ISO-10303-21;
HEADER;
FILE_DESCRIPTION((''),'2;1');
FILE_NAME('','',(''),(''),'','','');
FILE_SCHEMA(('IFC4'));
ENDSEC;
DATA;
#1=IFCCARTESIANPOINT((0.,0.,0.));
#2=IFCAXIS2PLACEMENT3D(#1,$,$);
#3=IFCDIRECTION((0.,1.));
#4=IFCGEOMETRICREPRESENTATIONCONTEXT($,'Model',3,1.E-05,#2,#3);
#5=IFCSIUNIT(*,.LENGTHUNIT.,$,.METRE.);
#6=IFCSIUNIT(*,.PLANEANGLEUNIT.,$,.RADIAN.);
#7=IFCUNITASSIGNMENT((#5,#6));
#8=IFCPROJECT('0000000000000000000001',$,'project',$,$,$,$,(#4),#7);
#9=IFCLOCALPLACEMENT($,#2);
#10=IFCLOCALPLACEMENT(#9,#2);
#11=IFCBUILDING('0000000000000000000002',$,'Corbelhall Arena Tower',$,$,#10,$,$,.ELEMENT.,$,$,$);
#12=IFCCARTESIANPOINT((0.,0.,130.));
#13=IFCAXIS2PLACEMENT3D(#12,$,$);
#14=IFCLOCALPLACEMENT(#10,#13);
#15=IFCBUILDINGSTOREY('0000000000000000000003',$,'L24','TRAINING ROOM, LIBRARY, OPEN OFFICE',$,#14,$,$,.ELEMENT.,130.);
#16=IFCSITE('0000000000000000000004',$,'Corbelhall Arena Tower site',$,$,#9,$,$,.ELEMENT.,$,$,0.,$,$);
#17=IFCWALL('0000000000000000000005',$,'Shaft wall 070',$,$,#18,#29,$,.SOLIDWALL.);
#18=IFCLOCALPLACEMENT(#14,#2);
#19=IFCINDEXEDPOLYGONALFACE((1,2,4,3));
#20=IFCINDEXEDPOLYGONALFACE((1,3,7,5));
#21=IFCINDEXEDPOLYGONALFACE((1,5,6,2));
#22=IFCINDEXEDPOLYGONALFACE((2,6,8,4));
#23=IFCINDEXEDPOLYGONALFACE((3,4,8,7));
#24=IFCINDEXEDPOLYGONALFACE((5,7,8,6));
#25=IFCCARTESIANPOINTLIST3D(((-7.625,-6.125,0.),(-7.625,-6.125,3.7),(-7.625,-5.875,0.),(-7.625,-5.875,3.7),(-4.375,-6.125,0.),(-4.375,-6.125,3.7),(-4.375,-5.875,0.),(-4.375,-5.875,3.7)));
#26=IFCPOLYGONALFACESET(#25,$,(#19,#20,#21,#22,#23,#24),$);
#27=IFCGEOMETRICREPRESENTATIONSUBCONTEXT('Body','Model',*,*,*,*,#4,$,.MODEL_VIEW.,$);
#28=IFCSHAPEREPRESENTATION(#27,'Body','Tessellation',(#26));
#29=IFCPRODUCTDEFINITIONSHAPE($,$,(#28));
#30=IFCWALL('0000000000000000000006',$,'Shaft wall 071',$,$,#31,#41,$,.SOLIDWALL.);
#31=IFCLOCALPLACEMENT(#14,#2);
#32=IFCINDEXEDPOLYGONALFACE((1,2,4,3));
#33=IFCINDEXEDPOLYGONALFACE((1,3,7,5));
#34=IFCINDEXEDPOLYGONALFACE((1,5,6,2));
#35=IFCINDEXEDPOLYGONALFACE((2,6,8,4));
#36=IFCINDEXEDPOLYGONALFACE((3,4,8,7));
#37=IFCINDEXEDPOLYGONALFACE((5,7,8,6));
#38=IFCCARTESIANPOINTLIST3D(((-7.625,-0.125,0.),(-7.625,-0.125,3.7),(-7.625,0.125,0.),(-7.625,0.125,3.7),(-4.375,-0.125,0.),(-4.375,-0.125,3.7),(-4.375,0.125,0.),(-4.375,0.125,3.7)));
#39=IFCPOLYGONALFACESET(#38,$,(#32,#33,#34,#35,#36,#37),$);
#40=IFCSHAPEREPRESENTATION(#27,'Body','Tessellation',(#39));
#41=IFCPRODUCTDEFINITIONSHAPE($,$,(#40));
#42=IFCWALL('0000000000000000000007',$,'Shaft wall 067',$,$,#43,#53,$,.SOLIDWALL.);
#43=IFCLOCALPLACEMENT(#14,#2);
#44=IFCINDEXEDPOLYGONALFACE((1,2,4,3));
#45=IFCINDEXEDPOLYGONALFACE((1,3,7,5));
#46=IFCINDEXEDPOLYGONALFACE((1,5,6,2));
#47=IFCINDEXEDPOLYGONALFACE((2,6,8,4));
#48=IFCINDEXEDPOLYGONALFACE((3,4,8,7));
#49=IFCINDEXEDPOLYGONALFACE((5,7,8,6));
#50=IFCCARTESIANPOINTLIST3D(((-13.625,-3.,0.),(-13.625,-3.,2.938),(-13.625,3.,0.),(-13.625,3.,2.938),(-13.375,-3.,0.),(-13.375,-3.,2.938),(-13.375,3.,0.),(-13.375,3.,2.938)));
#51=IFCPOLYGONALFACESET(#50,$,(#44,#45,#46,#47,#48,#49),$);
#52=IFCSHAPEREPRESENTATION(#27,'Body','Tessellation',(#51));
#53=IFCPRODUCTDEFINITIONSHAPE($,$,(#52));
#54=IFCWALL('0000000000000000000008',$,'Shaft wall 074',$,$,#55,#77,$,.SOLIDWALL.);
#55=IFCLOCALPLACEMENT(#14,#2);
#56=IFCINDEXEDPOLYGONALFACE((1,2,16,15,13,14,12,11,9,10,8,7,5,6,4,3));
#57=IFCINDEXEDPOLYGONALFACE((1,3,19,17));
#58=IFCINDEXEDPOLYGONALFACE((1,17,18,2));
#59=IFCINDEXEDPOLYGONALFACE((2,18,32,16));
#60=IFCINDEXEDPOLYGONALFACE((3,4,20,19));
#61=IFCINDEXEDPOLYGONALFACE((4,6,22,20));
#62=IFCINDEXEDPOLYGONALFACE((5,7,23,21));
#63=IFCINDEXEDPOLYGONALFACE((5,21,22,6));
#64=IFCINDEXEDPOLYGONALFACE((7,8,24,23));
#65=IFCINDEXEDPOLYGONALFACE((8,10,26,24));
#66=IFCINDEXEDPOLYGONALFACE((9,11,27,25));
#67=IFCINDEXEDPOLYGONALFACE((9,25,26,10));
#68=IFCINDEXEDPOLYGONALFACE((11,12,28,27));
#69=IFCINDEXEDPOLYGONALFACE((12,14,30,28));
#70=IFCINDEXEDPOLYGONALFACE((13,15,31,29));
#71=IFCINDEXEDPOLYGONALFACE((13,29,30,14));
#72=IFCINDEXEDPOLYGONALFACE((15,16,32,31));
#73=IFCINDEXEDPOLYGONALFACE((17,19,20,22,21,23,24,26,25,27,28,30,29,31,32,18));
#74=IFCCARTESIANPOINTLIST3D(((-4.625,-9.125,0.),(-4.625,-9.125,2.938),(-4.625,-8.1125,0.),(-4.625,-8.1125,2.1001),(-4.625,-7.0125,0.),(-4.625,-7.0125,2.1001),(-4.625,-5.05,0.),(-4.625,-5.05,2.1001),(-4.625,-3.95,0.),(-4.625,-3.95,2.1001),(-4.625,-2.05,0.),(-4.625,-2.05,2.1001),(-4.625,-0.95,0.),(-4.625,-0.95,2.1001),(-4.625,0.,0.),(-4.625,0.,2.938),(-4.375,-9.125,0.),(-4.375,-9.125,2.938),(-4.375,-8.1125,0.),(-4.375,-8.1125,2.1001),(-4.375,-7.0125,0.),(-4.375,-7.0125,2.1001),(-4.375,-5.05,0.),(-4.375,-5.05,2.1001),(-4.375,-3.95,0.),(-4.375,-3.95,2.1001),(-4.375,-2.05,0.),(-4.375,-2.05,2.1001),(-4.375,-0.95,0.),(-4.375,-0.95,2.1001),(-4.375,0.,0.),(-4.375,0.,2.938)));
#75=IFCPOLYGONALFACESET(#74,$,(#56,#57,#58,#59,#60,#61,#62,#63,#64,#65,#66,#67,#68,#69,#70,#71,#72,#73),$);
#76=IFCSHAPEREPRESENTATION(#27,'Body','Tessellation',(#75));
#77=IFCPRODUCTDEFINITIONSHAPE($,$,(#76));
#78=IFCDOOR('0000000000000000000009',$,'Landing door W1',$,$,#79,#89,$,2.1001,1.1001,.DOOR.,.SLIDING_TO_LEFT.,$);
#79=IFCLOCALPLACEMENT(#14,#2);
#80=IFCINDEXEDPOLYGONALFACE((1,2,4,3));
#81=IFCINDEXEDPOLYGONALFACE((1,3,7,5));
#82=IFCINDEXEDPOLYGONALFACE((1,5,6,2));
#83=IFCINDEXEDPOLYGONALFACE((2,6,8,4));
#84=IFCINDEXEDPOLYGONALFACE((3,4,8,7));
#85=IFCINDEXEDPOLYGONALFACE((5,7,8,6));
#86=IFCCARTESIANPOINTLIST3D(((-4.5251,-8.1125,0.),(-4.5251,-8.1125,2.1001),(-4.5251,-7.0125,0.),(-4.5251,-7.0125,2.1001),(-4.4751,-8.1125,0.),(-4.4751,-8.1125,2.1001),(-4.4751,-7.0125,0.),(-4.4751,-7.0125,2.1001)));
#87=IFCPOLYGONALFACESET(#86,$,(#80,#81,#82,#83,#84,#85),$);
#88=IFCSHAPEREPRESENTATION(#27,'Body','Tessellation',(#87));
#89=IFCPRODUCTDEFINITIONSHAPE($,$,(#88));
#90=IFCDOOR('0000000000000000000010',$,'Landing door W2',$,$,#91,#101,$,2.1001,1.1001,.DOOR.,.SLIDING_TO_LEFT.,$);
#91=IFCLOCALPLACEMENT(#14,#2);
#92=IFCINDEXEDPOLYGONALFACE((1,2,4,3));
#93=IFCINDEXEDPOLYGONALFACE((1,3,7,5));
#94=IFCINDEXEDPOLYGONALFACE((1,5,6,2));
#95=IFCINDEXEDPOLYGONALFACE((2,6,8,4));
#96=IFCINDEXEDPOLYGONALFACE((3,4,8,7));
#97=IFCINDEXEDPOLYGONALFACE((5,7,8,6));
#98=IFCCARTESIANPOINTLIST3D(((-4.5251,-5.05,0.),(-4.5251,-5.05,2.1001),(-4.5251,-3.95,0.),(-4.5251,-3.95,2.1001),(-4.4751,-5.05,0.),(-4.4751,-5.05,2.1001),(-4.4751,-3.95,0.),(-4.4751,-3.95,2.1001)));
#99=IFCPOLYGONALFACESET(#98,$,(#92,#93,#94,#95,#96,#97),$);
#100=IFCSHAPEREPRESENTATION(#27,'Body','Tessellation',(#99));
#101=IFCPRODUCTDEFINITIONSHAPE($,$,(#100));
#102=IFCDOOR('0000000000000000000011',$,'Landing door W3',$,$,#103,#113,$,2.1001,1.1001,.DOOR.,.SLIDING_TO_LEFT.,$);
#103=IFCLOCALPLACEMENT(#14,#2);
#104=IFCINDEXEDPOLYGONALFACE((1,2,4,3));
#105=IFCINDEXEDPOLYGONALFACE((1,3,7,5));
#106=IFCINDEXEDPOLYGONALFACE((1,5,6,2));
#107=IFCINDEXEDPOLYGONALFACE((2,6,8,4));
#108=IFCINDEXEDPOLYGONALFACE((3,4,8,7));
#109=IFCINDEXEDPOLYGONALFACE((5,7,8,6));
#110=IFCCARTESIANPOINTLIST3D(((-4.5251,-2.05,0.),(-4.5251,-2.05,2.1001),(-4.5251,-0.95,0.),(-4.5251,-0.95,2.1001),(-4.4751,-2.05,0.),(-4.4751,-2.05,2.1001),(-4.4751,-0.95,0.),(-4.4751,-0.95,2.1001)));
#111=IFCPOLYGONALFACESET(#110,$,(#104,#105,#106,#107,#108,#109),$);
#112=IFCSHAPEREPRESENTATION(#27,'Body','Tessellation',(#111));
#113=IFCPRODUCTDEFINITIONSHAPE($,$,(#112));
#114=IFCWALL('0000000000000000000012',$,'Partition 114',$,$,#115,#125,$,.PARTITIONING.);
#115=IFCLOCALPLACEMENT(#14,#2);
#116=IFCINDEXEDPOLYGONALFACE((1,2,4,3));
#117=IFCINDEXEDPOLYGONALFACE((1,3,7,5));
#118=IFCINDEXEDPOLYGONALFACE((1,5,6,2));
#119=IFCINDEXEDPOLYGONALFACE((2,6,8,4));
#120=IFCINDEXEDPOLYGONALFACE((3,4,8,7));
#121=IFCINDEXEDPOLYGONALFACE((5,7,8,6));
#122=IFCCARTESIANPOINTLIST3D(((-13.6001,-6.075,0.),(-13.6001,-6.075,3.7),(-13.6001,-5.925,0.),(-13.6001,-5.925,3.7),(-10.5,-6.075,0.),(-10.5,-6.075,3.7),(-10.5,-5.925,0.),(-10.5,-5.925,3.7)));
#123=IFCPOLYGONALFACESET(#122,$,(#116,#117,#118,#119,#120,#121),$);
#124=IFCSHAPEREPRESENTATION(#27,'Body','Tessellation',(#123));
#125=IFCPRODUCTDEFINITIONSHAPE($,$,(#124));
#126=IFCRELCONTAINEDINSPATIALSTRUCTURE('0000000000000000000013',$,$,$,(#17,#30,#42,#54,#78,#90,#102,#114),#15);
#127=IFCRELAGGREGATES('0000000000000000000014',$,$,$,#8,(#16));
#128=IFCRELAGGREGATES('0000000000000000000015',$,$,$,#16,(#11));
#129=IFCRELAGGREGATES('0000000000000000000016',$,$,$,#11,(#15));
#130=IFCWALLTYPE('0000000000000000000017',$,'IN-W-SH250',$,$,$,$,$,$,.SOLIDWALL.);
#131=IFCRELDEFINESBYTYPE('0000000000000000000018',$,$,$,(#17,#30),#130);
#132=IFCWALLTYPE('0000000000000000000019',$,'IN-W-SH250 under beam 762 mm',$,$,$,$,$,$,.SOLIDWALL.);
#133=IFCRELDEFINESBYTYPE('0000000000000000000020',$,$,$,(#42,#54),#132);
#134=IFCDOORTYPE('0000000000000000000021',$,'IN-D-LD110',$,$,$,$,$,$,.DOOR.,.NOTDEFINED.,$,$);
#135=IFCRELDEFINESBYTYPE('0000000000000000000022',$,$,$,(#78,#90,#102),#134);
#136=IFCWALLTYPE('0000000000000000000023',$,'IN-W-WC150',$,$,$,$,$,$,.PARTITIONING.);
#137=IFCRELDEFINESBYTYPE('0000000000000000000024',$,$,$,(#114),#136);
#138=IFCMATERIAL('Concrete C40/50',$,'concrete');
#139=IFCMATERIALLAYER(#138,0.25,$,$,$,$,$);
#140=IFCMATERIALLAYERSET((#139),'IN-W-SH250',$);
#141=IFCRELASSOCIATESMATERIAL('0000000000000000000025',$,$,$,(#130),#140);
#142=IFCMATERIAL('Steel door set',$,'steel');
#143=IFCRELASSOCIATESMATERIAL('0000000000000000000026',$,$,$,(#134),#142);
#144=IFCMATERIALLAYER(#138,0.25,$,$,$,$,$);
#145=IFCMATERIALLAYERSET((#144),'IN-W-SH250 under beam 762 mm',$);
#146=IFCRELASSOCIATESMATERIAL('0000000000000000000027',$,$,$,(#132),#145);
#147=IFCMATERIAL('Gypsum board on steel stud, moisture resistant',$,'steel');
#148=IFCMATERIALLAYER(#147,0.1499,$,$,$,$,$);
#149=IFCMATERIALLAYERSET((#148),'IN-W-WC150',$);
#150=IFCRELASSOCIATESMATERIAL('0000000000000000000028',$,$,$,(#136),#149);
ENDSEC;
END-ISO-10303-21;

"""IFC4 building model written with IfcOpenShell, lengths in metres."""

from ifc_helpers import new_model, si_unit, direction, frame, frame_2d, origin, place, context, subcontext, project, spatial, rectangle, extrude, material, layer, layer_set, type_object, element, fill, save


model = new_model("IFC4")

# Units and contexts
model_context = context("Model", 3, precision=1e-05, world=origin(), true_north=direction((0.0, 1.0)))
body_context = subcontext(model_context, "Body", "Model", "MODEL_VIEW")
ifc_project = project(units=[si_unit("LENGTHUNIT", "METRE"), si_unit("PLANEANGLEUNIT", "RADIAN")], contexts=[model_context])

# Site, building, storey
site_placement = place(None, origin())
site = spatial("IfcSite", under=ifc_project, at=site_placement, Name="Corbelhall Arena Tower site", CompositionType="ELEMENT", RefElevation=0.0)
building_placement = place(site_placement, origin())
building = spatial("IfcBuilding", under=site, at=building_placement, Name="Corbelhall Arena Tower", CompositionType="ELEMENT")
storey_placement = place(building_placement, frame((0.0, 0.0, 130.0)))
storey = spatial("IfcBuildingStorey", under=building, at=storey_placement, Name="L24", Description="TRAINING ROOM, LIBRARY, OPEN OFFICE", CompositionType="ELEMENT", Elevation=130.0)

# Shared definitions
ifc_material_1 = material(Name="Steel door set", Category="steel")

# Shared definitions
ifc_material_2 = material(Name="Concrete C40/50", Category="concrete")
ifc_layer_1 = layer(ifc_material_2, 0.25)
ifc_layer_set_1 = layer_set([ifc_layer_1], Name="IN-W-SH250")
wall_type_1 = type_object("IfcWallType", Name="IN-W-SH250", PredefinedType="SOLIDWALL", material=ifc_layer_set_1)

# Shared definitions
door_type_1 = type_object("IfcDoorType", Name="IN-D-LD110", OperationType="NOTDEFINED", PredefinedType="DOOR", material=ifc_material_1)

# Walls
for number, where, z_axis, x_axis, name in (
    (1, (-7.625, -6.0, 0.0), (0.0, 0.0, 1.0), (1.0, 0.0, 0.0), "Shaft wall 070"),
    (2, (-7.625, 0.0, 0.0), (0.0, 0.0, 1.0), (1.0, 0.0, 0.0), "Shaft wall 071"),
):
    element("IfcWall", number, at=place(storey_placement, frame(where, z_axis=z_axis, x_axis=x_axis)), inside=storey, type_object=wall_type_1, Name=name, PredefinedType="SOLIDWALL", context=body_context, shape_type="SweptSolid", body=[
        extrude(rectangle(XDim=3.25, YDim=0.25, at=frame_2d((1.625, 0.0))), origin(), (0.0, 0.0, 1.0), 3.7),
    ])
ifc_layer_2 = layer(ifc_material_2, 0.25)
ifc_layer_set_2 = layer_set([ifc_layer_2], Name="IN-W-SH250 under beam 762 mm")
wall_type_2 = type_object("IfcWallType", Name="IN-W-SH250 under beam 762 mm", PredefinedType="SOLIDWALL", material=ifc_layer_set_2)
wall_1_placement = place(storey_placement, frame((-13.5, -3.0, 0.0), z_axis=(0.0, 0.0, 1.0), x_axis=(0.0, 1.0, 0.0)))
element("IfcWall", 3, at=wall_1_placement, inside=storey, type_object=wall_type_2, Name="Shaft wall 067", PredefinedType="SOLIDWALL", context=body_context, shape_type="SweptSolid", body=[
    extrude(rectangle(XDim=6.0, YDim=0.25, at=frame_2d((3.0, 0.0))), origin(), (0.0, 0.0, 1.0), 2.938),
])

# Wall, openings, doors
wall_2_placement = place(storey_placement, frame((-4.5, 0.0, 0.0), z_axis=(0.0, 0.0, 1.0), x_axis=(0.0, -1.0, 0.0)))
wall_2 = element("IfcWall", 4, at=wall_2_placement, inside=storey, type_object=wall_type_2, Name="Shaft wall 074", PredefinedType="SOLIDWALL", context=body_context, shape_type="SweptSolid", body=[
    extrude(rectangle(XDim=9.125, YDim=0.25, at=frame_2d((4.5625, 0.0))), origin(), (0.0, 0.0, 1.0), 2.938),
])
opening_1_placement = place(wall_2_placement, frame((7.0125, 0.0, 0.0)))
opening_1 = element("IfcOpeningElement", 5, at=opening_1_placement, cuts=wall_2, PredefinedType="OPENING", context=body_context, shape_type="SweptSolid", body=[
    extrude(rectangle(XDim=1.1001, YDim=2.1001, at=frame_2d((0.55, 1.05))), frame((0.0, 0.125, 0.0), z_axis=(0.0, -1.0, 0.0), x_axis=(1.0, 0.0, 0.0)), (0.0, 0.0, 1.0), 0.25),
])
opening_2_placement = place(wall_2_placement, frame((3.95, 0.0, 0.0)))
opening_2 = element("IfcOpeningElement", 6, at=opening_2_placement, cuts=wall_2, PredefinedType="OPENING", context=body_context, shape_type="SweptSolid", body=[
    extrude(rectangle(XDim=1.1001, YDim=2.1001, at=frame_2d((0.55, 1.05))), frame((0.0, 0.125, 0.0), z_axis=(0.0, -1.0, 0.0), x_axis=(1.0, 0.0, 0.0)), (0.0, 0.0, 1.0), 0.25),
])
opening_3_placement = place(wall_2_placement, frame((0.95, 0.0, 0.0)))
opening_3 = element("IfcOpeningElement", 7, at=opening_3_placement, cuts=wall_2, PredefinedType="OPENING", context=body_context, shape_type="SweptSolid", body=[
    extrude(rectangle(XDim=1.1001, YDim=2.1001, at=frame_2d((0.55, 1.05))), frame((0.0, 0.125, 0.0), z_axis=(0.0, -1.0, 0.0), x_axis=(1.0, 0.0, 0.0)), (0.0, 0.0, 1.0), 0.25),
])
door_1_placement = place(opening_1_placement, origin())
door_1 = element("IfcDoor", 8, at=door_1_placement, inside=storey, type_object=door_type_1, Name="Landing door W1", OperationType="SLIDING_TO_LEFT", OverallHeight=2.1001, OverallWidth=1.1001, PredefinedType="DOOR", context=body_context, shape_type="SweptSolid", body=[
    extrude(rectangle(XDim=1.1001, YDim=2.1001, at=frame_2d((0.55, 1.05))), frame((0.0, 0.0249, 0.0), z_axis=(0.0, -1.0, 0.0), x_axis=(1.0, 0.0, 0.0)), (0.0, 0.0, 1.0), 0.05),
])
fill(opening_1, door_1)
door_2_placement = place(opening_2_placement, origin())
door_2 = element("IfcDoor", 9, at=door_2_placement, inside=storey, type_object=door_type_1, Name="Landing door W2", OperationType="SLIDING_TO_LEFT", OverallHeight=2.1001, OverallWidth=1.1001, PredefinedType="DOOR", context=body_context, shape_type="SweptSolid", body=[
    extrude(rectangle(XDim=1.1001, YDim=2.1001, at=frame_2d((0.55, 1.05))), frame((0.0, 0.0249, 0.0), z_axis=(0.0, -1.0, 0.0), x_axis=(1.0, 0.0, 0.0)), (0.0, 0.0, 1.0), 0.05),
])
fill(opening_2, door_2)
door_3_placement = place(opening_3_placement, origin())
door_3 = element("IfcDoor", 10, at=door_3_placement, inside=storey, type_object=door_type_1, Name="Landing door W3", OperationType="SLIDING_TO_LEFT", OverallHeight=2.1001, OverallWidth=1.1001, PredefinedType="DOOR", context=body_context, shape_type="SweptSolid", body=[
    extrude(rectangle(XDim=1.1001, YDim=2.1001, at=frame_2d((0.55, 1.05))), frame((0.0, 0.0249, 0.0), z_axis=(0.0, -1.0, 0.0), x_axis=(1.0, 0.0, 0.0)), (0.0, 0.0, 1.0), 0.05),
])
fill(opening_3, door_3)

# Wall
ifc_material_3 = material(Name="Gypsum board on steel stud, moisture resistant", Category="steel")
ifc_layer_3 = layer(ifc_material_3, 0.1499)
ifc_layer_set_3 = layer_set([ifc_layer_3], Name="IN-W-WC150")
wall_type_3 = type_object("IfcWallType", Name="IN-W-WC150", PredefinedType="PARTITIONING", material=ifc_layer_set_3)
wall_3_placement = place(storey_placement, frame((-13.6001, -6.0, 0.0), z_axis=(0.0, 0.0, 1.0), x_axis=(1.0, 0.0, 0.0)))
element("IfcWall", 11, at=wall_3_placement, inside=storey, type_object=wall_type_3, Name="Partition 114", PredefinedType="PARTITIONING", context=body_context, shape_type="SweptSolid", body=[
    extrude(rectangle(XDim=3.1001, YDim=0.1499, at=frame_2d((1.55, 0.0))), origin(), (0.0, 0.0, 1.0), 3.7),
])

save(model, "model.ifc")
